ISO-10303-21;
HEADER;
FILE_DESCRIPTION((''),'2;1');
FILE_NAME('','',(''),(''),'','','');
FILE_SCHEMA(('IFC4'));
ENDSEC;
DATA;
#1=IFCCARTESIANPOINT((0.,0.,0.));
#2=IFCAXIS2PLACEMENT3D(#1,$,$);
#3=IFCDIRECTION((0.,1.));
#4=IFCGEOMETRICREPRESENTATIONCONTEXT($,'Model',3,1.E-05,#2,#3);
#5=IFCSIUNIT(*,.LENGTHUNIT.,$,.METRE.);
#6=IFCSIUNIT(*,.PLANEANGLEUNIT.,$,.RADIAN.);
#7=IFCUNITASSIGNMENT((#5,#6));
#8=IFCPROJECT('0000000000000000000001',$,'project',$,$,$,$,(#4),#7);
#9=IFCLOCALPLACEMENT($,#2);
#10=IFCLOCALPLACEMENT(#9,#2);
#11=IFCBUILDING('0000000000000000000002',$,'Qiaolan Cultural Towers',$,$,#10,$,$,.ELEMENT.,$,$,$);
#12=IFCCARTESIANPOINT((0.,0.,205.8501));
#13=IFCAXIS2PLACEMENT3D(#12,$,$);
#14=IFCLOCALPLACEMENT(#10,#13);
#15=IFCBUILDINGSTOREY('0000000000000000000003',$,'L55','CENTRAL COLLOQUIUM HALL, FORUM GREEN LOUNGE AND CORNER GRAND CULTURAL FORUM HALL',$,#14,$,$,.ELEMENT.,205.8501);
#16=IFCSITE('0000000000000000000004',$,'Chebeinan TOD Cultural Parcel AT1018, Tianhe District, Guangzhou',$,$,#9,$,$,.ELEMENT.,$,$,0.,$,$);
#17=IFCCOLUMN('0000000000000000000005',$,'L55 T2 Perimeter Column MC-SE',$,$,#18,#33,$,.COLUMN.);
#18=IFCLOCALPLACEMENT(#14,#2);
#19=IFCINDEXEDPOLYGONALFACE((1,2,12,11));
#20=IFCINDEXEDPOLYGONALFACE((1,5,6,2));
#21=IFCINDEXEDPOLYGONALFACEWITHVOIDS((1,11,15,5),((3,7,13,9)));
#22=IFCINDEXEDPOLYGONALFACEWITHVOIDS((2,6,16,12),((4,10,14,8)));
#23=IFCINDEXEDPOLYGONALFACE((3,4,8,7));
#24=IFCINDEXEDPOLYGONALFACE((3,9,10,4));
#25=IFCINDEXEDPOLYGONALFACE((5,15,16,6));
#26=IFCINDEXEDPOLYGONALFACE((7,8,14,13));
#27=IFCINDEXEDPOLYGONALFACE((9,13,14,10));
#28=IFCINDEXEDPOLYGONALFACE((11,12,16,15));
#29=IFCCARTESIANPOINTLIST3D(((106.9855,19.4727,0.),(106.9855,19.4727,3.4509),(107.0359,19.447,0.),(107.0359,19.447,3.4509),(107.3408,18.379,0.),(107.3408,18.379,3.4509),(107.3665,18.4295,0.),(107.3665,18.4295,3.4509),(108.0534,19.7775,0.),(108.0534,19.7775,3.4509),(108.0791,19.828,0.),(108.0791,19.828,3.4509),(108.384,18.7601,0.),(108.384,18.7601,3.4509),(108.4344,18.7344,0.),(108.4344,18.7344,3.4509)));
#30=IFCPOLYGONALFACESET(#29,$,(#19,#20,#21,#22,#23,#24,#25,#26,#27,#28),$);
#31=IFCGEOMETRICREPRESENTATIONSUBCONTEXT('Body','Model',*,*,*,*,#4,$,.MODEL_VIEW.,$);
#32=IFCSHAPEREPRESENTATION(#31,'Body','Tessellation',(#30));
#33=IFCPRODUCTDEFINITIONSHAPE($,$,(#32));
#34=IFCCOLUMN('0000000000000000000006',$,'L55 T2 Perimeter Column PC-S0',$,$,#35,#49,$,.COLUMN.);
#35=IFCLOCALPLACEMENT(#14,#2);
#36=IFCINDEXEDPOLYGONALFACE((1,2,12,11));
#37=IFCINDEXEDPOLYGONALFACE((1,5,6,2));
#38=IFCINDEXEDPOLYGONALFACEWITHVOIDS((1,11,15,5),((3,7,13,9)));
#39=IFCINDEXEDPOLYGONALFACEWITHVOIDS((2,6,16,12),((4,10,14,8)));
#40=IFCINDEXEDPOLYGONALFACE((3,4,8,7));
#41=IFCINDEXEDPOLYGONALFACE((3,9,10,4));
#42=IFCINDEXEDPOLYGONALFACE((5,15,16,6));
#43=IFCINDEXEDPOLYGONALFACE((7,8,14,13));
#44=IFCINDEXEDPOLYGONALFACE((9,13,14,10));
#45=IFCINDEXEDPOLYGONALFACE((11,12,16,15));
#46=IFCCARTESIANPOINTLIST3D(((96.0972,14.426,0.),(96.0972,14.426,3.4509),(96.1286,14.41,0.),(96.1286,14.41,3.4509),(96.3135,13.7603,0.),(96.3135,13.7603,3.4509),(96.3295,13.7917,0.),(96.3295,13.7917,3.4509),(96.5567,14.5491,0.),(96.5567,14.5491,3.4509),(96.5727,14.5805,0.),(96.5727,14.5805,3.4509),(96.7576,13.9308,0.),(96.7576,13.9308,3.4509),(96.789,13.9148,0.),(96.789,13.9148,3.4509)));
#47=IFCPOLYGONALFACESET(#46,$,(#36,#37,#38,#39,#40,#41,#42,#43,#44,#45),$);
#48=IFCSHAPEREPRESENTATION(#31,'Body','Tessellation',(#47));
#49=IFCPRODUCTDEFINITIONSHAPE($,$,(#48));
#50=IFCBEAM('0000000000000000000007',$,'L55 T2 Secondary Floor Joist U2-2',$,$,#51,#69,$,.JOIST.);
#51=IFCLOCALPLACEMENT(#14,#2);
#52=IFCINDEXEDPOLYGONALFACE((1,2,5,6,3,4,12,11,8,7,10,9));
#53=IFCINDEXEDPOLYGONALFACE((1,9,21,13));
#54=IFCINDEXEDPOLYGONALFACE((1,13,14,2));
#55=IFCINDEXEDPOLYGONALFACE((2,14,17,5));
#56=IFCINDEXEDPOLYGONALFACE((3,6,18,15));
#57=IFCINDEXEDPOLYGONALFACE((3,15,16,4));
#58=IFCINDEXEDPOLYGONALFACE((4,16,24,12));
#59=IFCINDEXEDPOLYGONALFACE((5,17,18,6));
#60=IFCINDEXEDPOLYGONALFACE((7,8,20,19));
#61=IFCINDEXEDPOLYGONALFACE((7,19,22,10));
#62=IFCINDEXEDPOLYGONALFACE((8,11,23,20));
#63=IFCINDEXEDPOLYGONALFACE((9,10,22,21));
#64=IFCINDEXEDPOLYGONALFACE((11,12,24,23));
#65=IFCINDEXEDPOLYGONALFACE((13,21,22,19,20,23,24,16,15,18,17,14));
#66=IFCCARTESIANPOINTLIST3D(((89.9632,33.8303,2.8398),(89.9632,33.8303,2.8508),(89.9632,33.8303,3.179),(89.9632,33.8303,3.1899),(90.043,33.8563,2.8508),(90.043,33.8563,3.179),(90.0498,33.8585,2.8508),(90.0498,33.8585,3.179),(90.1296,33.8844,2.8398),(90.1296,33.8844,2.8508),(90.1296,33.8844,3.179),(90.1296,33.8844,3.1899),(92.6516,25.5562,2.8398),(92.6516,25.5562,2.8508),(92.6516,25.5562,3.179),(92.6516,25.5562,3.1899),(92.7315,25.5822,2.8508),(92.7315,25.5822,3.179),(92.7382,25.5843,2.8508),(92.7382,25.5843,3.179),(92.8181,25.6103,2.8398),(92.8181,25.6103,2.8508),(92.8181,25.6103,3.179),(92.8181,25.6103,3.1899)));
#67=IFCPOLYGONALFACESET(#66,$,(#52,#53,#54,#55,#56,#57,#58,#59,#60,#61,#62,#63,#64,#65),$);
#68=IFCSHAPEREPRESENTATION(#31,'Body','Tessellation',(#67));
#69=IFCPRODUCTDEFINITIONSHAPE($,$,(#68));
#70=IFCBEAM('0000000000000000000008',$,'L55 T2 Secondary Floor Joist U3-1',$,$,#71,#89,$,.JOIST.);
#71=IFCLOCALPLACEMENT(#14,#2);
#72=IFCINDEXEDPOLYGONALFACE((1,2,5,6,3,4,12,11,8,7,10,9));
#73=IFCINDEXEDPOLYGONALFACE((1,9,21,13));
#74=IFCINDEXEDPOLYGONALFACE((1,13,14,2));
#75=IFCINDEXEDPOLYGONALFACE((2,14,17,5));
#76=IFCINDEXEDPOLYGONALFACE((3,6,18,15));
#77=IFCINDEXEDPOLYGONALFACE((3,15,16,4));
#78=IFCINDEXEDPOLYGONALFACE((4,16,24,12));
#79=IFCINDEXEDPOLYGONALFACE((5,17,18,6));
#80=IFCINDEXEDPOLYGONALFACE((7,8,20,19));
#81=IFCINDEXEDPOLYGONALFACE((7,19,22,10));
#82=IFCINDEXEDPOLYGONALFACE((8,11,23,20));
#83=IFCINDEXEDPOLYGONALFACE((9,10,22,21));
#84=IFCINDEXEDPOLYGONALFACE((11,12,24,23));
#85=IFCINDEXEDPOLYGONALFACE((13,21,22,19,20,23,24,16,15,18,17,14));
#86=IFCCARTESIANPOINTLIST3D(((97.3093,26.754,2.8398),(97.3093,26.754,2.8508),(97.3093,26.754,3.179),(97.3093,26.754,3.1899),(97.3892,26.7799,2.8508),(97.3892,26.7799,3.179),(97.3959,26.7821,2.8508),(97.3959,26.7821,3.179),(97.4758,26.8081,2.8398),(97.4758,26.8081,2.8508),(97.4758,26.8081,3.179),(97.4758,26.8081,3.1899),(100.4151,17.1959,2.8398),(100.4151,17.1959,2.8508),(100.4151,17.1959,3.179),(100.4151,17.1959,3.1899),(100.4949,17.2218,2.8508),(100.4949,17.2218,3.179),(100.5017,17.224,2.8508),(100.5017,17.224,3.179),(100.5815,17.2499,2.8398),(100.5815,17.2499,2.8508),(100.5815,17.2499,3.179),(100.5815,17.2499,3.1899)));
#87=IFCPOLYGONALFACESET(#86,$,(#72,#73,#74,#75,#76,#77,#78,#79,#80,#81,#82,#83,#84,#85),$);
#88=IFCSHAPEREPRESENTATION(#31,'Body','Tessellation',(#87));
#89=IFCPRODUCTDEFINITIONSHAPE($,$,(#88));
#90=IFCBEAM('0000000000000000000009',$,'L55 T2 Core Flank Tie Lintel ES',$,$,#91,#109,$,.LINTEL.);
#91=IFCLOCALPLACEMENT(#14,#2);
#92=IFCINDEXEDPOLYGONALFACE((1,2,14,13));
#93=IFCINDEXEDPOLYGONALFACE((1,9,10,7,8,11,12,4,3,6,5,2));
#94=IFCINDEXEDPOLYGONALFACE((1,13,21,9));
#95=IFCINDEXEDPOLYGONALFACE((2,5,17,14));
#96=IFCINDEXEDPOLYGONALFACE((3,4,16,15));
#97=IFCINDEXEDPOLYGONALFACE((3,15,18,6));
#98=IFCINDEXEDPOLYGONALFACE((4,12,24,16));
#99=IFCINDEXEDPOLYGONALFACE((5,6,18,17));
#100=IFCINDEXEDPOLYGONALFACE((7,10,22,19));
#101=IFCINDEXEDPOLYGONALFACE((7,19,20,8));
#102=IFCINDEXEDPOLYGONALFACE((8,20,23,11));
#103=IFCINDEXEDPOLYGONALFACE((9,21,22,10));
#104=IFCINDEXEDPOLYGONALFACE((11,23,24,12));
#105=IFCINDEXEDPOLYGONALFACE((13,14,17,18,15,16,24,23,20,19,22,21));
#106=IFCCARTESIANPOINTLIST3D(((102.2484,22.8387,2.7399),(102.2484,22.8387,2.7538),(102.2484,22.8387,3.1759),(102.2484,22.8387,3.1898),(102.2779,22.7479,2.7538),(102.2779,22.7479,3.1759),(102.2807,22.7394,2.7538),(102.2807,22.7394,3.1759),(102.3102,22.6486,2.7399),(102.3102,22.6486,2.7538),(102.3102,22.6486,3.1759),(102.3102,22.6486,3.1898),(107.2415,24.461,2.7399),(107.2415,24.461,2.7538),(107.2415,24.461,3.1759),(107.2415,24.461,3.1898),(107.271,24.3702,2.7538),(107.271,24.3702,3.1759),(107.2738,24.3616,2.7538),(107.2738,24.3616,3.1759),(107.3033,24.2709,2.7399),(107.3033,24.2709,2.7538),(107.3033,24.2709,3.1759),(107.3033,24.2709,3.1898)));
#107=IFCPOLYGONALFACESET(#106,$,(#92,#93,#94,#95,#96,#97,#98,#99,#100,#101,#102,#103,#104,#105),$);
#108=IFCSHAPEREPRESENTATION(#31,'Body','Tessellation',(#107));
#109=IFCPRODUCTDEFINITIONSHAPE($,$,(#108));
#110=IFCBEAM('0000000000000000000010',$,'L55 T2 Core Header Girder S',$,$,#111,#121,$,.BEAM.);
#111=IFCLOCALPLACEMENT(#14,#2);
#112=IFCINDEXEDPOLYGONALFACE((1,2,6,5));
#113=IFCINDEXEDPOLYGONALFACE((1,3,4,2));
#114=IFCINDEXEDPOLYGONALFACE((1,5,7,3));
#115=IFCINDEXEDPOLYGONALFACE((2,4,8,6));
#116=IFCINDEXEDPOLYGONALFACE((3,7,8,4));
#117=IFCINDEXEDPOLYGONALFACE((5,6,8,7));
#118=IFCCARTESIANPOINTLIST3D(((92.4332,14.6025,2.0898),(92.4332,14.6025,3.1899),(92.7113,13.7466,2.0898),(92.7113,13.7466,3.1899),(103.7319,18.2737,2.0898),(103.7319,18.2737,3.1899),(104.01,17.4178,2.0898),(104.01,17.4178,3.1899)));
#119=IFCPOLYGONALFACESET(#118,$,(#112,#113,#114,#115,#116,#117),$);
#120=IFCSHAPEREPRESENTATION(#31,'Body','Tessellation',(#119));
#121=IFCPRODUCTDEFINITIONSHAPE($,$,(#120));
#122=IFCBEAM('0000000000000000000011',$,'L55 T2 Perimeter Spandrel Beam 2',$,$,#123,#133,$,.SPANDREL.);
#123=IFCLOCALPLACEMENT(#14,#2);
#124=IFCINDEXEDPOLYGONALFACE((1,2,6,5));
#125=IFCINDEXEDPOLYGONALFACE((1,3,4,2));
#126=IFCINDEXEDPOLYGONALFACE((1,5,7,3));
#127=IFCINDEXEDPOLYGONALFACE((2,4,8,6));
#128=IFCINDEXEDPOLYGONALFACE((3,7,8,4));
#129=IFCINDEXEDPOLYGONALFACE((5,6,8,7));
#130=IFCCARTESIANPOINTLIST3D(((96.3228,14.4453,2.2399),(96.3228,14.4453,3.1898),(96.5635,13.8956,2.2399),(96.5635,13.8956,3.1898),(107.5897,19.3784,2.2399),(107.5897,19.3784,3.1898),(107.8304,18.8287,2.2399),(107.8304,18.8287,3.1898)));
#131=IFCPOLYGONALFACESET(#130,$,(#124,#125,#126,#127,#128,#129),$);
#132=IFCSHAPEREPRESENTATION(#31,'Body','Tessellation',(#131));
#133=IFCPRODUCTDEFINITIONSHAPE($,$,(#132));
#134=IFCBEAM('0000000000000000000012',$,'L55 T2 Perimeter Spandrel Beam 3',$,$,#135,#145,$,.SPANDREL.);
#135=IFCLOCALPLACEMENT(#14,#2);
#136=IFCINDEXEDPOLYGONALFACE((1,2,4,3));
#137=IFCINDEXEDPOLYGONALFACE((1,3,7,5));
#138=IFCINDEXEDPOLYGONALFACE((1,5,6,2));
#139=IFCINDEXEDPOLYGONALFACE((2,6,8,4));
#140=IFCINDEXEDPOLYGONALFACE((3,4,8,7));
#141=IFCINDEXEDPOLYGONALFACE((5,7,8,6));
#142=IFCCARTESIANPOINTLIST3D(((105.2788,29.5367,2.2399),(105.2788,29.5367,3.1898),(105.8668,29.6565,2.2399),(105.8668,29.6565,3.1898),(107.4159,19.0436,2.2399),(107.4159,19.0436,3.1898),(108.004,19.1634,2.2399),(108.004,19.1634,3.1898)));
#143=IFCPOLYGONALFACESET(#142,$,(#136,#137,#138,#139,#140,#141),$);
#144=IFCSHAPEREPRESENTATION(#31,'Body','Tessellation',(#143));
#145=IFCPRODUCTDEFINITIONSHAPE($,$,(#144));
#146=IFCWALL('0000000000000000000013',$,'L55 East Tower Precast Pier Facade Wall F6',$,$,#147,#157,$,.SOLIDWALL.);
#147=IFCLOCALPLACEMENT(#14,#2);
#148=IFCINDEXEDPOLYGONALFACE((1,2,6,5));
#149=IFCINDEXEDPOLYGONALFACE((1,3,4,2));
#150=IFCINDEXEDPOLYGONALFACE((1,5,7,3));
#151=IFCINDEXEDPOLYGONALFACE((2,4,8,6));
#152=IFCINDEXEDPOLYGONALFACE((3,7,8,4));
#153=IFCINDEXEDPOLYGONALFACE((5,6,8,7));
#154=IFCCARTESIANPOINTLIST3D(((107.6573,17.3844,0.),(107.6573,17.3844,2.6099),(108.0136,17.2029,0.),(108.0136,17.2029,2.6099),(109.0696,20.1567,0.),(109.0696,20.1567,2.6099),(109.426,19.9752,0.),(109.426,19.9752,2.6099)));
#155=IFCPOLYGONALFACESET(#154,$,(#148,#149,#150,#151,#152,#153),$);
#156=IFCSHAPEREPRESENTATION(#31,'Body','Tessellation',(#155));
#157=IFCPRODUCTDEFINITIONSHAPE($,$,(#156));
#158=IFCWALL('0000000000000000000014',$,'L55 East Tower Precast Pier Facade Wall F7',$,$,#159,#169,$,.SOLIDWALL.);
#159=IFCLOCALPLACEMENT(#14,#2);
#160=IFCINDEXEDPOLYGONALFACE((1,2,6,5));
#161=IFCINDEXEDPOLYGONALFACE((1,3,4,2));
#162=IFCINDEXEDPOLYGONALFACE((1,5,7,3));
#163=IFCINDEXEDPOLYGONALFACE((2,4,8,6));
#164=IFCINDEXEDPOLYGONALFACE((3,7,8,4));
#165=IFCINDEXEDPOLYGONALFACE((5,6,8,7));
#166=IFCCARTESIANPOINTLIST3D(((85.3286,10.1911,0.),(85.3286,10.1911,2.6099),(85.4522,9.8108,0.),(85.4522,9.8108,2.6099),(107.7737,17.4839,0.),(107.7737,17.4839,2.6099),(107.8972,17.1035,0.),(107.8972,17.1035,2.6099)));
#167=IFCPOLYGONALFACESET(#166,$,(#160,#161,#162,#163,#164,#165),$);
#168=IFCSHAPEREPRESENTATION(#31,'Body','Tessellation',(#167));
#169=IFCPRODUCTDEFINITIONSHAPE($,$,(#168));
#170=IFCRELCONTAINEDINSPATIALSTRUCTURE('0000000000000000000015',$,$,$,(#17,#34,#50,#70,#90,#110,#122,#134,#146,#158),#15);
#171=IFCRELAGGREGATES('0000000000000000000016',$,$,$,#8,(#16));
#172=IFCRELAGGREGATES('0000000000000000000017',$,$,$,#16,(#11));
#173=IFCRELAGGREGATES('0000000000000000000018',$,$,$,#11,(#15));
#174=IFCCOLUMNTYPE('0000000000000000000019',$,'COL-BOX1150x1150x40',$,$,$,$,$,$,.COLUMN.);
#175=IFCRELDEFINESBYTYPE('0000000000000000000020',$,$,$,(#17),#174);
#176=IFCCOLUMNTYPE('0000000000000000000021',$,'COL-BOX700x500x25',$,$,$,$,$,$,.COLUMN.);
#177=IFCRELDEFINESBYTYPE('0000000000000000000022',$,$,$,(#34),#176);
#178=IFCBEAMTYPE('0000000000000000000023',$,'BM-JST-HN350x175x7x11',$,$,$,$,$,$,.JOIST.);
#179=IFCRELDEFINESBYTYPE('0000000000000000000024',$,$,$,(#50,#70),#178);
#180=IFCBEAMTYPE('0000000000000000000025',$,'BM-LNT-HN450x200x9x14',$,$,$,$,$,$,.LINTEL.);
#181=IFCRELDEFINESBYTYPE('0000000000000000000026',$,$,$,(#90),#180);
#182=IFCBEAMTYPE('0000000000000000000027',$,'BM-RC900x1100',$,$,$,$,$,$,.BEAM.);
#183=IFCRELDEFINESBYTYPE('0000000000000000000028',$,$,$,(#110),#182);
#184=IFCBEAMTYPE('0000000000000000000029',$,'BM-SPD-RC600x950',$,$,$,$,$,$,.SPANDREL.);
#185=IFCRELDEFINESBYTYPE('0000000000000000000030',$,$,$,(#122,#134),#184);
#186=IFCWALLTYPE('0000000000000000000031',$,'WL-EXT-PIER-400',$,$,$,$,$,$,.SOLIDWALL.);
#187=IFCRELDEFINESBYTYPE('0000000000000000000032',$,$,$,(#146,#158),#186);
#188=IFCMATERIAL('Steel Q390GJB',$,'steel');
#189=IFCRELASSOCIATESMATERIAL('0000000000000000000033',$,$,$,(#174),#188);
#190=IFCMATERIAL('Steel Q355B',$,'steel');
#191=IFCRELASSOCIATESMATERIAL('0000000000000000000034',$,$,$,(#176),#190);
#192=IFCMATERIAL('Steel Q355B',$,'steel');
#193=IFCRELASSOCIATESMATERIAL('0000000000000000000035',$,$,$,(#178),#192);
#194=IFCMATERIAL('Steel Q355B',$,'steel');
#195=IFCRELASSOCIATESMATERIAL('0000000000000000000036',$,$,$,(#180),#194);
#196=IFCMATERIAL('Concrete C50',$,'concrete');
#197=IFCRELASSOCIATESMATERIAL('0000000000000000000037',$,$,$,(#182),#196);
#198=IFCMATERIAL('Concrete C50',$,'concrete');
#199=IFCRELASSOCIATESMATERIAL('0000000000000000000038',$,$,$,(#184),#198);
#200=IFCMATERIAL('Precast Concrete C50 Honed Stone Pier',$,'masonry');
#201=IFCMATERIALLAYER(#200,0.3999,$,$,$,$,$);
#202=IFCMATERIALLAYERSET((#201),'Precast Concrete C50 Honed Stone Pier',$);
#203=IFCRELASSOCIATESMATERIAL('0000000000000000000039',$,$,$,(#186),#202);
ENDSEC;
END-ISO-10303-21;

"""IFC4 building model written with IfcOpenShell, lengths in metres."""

from ifc_helpers import new_model, si_unit, direction, frame, frame_2d, origin, origin_2d, place, context, subcontext, project, spatial, rectangle, hollow_rectangle, i_section, extrude, material, layer, layer_set, material_profile, profile_set, type_object, element, save


model = new_model("IFC4")

# Units and contexts
model_context = context("Model", 3, precision=1e-05, world=origin(), true_north=direction((0.0, 1.0)))
body_context = subcontext(model_context, "Body", "Model", "MODEL_VIEW")
ifc_project = project(units=[si_unit("LENGTHUNIT", "METRE"), si_unit("PLANEANGLEUNIT", "RADIAN")], contexts=[model_context])

# Site, building, storey
site_placement = place(None, origin())
site = spatial("IfcSite", under=ifc_project, at=site_placement, Name="Chebeinan TOD Cultural Parcel AT1018, Tianhe District, Guangzhou", CompositionType="ELEMENT", RefElevation=0.0)
building_placement = place(site_placement, origin())
building = spatial("IfcBuilding", under=site, at=building_placement, Name="Qiaolan Cultural Towers", CompositionType="ELEMENT")
storey_placement = place(building_placement, frame((0.0, 0.0, 205.8501)))
storey = spatial("IfcBuildingStorey", under=building, at=storey_placement, Name="L55", Description="CENTRAL COLLOQUIUM HALL, FORUM GREEN LOUNGE AND CORNER GRAND CULTURAL FORUM HALL", CompositionType="ELEMENT", Elevation=205.8501)

# Columns
ifc_material_1 = material(Name="Steel Q390GJB", Category="steel")
ifc_material_profile_1 = material_profile(ifc_material_1, hollow_rectangle(XDim=1.1499, YDim=1.1499, WallThickness=0.04, at=origin_2d()), Name="BOX1150x1150x40")
ifc_profile_set_1 = profile_set([ifc_material_profile_1], Name="Steel Q390GJB")
column_type_1 = type_object("IfcColumnType", Name="COL-BOX1150x1150x40", PredefinedType="COLUMN", material=ifc_profile_set_1)
column_1_placement = place(storey_placement, frame((107.71, 19.1035, 0.0), z_axis=(0.0, 0.0, 1.0), x_axis=(0.951057, 0.309017, 0.0)))
element("IfcColumn", 1, at=column_1_placement, inside=storey, type_object=column_type_1, Name="L55 T2 Perimeter Column MC-SE", PredefinedType="COLUMN", context=body_context, shape_type="SweptSolid", body=[
    extrude(hollow_rectangle(XDim=1.1499, YDim=1.1499, WallThickness=0.04, at=origin_2d()), origin(), (0.0, 0.0, 1.0), 3.4509),
])
ifc_material_2 = material(Name="Steel Q355B", Category="steel")
ifc_material_profile_2 = material_profile(ifc_material_2, hollow_rectangle(XDim=0.5, YDim=0.7, WallThickness=0.0249, at=origin_2d()), Name="BOX700x500x25")
ifc_profile_set_2 = profile_set([ifc_material_profile_2], Name="Steel Q355B")
column_type_2 = type_object("IfcColumnType", Name="COL-BOX700x500x25", PredefinedType="COLUMN", material=ifc_profile_set_2)
column_2_placement = place(storey_placement, frame((96.4431, 14.1704, 0.0), z_axis=(0.0, 0.0, 1.0), x_axis=(0.951057, 0.309017, 0.0)))
element("IfcColumn", 2, at=column_2_placement, inside=storey, type_object=column_type_2, Name="L55 T2 Perimeter Column PC-S0", PredefinedType="COLUMN", context=body_context, shape_type="SweptSolid", body=[
    extrude(hollow_rectangle(XDim=0.5, YDim=0.7, WallThickness=0.0249, at=origin_2d()), origin(), (0.0, 0.0, 1.0), 3.4509),
])

# Beams
ifc_material_3 = material(Name="Steel Q355B", Category="steel")
ifc_material_profile_3 = material_profile(ifc_material_3, i_section(OverallWidth=0.175, OverallDepth=0.3501, WebThickness=0.0071, FlangeThickness=0.011, at=origin_2d()), Name="HN350x175x7x11")
ifc_profile_set_3 = profile_set([ifc_material_profile_3], Name="Steel Q355B")
beam_type_1 = type_object("IfcBeamType", Name="BM-JST-HN350x175x7x11", PredefinedType="JOIST", material=ifc_profile_set_3)
beam_1_placement = place(storey_placement, frame((92.7349, 25.5833, 3.0149), z_axis=(-0.309021, 0.951055, 0.0), x_axis=(-0.951055, -0.309021, 0.0)))
element("IfcBeam", 3, at=beam_1_placement, inside=storey, type_object=beam_type_1, Name="L55 T2 Secondary Floor Joist U2-2", PredefinedType="JOIST", context=body_context, shape_type="SweptSolid", body=[
    extrude(i_section(OverallWidth=0.175, OverallDepth=0.3501, WebThickness=0.0071, FlangeThickness=0.011, at=origin_2d()), origin(), (0.0, 0.0, 1.0), 8.7),
])
beam_2_placement = place(storey_placement, frame((100.4983, 17.2229, 3.0149), z_axis=(-0.309026, 0.951054, 0.0), x_axis=(-0.951054, -0.309026, 0.0)))
element("IfcBeam", 4, at=beam_2_placement, inside=storey, type_object=beam_type_1, Name="L55 T2 Secondary Floor Joist U3-1", PredefinedType="JOIST", context=body_context, shape_type="SweptSolid", body=[
    extrude(i_section(OverallWidth=0.175, OverallDepth=0.3501, WebThickness=0.0071, FlangeThickness=0.011, at=origin_2d()), origin(), (0.0, 0.0, 1.0), 10.05),
])
ifc_material_4 = material(Name="Steel Q355B", Category="steel")
ifc_material_profile_4 = material_profile(ifc_material_4, i_section(OverallWidth=0.2, OverallDepth=0.45, WebThickness=0.009, FlangeThickness=0.0139, at=origin_2d()), Name="HN450x200x9x14")
ifc_profile_set_4 = profile_set([ifc_material_profile_4], Name="Steel Q355B")
beam_type_2 = type_object("IfcBeamType", Name="BM-LNT-HN450x200x9x14", PredefinedType="LINTEL", material=ifc_profile_set_4)
beam_3_placement = place(storey_placement, frame((102.2793, 22.7437, 2.9648), z_axis=(0.95106, 0.309006, 0.0), x_axis=(-0.309006, 0.95106, 0.0)))
element("IfcBeam", 5, at=beam_3_placement, inside=storey, type_object=beam_type_2, Name="L55 T2 Core Flank Tie Lintel ES", PredefinedType="LINTEL", context=body_context, shape_type="SweptSolid", body=[
    extrude(i_section(OverallWidth=0.2, OverallDepth=0.45, WebThickness=0.009, FlangeThickness=0.0139, at=origin_2d()), origin(), (0.0, 0.0, 1.0), 5.25),
])
ifc_material_5 = material(Name="Concrete C50", Category="concrete")
ifc_material_profile_5 = material_profile(ifc_material_5, rectangle(XDim=0.8999, YDim=1.1001, at=origin_2d()), Name="RC900x1100")
ifc_profile_set_5 = profile_set([ifc_material_profile_5], Name="Concrete C50")
beam_type_3 = type_object("IfcBeamType", Name="BM-RC900x1100", PredefinedType="BEAM", material=ifc_profile_set_5)
beam_4_placement = place(storey_placement, frame((92.5723, 14.1746, 2.6399), z_axis=(0.951056, 0.309018, 0.0), x_axis=(-0.309018, 0.951056, 0.0)))
element("IfcBeam", 6, at=beam_4_placement, inside=storey, type_object=beam_type_3, Name="L55 T2 Core Header Girder S", PredefinedType="BEAM", context=body_context, shape_type="SweptSolid", body=[
    extrude(rectangle(XDim=0.8999, YDim=1.1001, at=origin_2d()), origin(), (0.0, 0.0, 1.0), 11.8801),
])
ifc_material_6 = material(Name="Concrete C50", Category="concrete")
ifc_material_profile_6 = material_profile(ifc_material_6, rectangle(XDim=0.6001, YDim=0.95, at=origin_2d()), Name="RC600x950")
ifc_profile_set_6 = profile_set([ifc_material_profile_6], Name="Concrete C50")
beam_type_4 = type_object("IfcBeamType", Name="BM-SPD-RC600x950", PredefinedType="SPANDREL", material=ifc_profile_set_6)
beam_5_placement = place(storey_placement, frame((96.4431, 14.1704, 2.7148), z_axis=(0.916042, 0.401082, 0.0), x_axis=(-0.401082, 0.916042, 0.0)))
element("IfcBeam", 7, at=beam_5_placement, inside=storey, type_object=beam_type_4, Name="L55 T2 Perimeter Spandrel Beam 2", PredefinedType="SPANDREL", context=body_context, shape_type="SweptSolid", body=[
    extrude(rectangle(XDim=0.6001, YDim=0.95, at=origin_2d()), origin(), (0.0, 0.0, 1.0), 12.2996),
])
beam_6_placement = place(storey_placement, frame((107.71, 19.1035, 2.7148), z_axis=(-0.199579, 0.979882, 0.0), x_axis=(-0.979882, -0.199579, 0.0)))
element("IfcBeam", 8, at=beam_6_placement, inside=storey, type_object=beam_type_4, Name="L55 T2 Perimeter Spandrel Beam 3", PredefinedType="SPANDREL", context=body_context, shape_type="SweptSolid", body=[
    extrude(rectangle(XDim=0.6001, YDim=0.95, at=origin_2d()), origin(), (0.0, 0.0, 1.0), 10.7085),
])

# Walls
ifc_material_7 = material(Name="Precast Concrete C50 Honed Stone Pier", Category="masonry")
ifc_layer_1 = layer(ifc_material_7, 0.3999)
ifc_layer_set_1 = layer_set([ifc_layer_1], Name="Precast Concrete C50 Honed Stone Pier")
wall_type_1 = type_object("IfcWallType", Name="WL-EXT-PIER-400", PredefinedType="SOLIDWALL", material=ifc_layer_set_1)
wall_1_placement = place(storey_placement, frame((109.2478, 20.0659, 0.0), z_axis=(0.0, 0.0, 1.0), x_axis=(-0.453949, -0.891028, 0.0)))
element("IfcWall", 9, at=wall_1_placement, inside=storey, type_object=wall_type_1, Name="L55 East Tower Precast Pier Facade Wall F6", PredefinedType="SOLIDWALL", context=body_context, shape_type="SweptSolid", body=[
    extrude(rectangle(XDim=3.1113, YDim=0.3999, at=frame_2d((1.5557, 0.0))), origin(), (0.0, 0.0, 1.0), 2.6099),
])
wall_2_placement = place(storey_placement, frame((107.8354, 17.2937, 0.0), z_axis=(0.0, 0.0, 1.0), x_axis=(-0.951058, -0.309012, 0.0)))
element("IfcWall", 10, at=wall_2_placement, inside=storey, type_object=wall_type_1, Name="L55 East Tower Precast Pier Facade Wall F7", PredefinedType="SOLIDWALL", context=body_context, shape_type="SweptSolid", body=[
    extrude(rectangle(XDim=23.6001, YDim=0.3999, at=frame_2d((11.8, 0.0))), origin(), (0.0, 0.0, 1.0), 2.6099),
])

save(model, "model.ifc")
